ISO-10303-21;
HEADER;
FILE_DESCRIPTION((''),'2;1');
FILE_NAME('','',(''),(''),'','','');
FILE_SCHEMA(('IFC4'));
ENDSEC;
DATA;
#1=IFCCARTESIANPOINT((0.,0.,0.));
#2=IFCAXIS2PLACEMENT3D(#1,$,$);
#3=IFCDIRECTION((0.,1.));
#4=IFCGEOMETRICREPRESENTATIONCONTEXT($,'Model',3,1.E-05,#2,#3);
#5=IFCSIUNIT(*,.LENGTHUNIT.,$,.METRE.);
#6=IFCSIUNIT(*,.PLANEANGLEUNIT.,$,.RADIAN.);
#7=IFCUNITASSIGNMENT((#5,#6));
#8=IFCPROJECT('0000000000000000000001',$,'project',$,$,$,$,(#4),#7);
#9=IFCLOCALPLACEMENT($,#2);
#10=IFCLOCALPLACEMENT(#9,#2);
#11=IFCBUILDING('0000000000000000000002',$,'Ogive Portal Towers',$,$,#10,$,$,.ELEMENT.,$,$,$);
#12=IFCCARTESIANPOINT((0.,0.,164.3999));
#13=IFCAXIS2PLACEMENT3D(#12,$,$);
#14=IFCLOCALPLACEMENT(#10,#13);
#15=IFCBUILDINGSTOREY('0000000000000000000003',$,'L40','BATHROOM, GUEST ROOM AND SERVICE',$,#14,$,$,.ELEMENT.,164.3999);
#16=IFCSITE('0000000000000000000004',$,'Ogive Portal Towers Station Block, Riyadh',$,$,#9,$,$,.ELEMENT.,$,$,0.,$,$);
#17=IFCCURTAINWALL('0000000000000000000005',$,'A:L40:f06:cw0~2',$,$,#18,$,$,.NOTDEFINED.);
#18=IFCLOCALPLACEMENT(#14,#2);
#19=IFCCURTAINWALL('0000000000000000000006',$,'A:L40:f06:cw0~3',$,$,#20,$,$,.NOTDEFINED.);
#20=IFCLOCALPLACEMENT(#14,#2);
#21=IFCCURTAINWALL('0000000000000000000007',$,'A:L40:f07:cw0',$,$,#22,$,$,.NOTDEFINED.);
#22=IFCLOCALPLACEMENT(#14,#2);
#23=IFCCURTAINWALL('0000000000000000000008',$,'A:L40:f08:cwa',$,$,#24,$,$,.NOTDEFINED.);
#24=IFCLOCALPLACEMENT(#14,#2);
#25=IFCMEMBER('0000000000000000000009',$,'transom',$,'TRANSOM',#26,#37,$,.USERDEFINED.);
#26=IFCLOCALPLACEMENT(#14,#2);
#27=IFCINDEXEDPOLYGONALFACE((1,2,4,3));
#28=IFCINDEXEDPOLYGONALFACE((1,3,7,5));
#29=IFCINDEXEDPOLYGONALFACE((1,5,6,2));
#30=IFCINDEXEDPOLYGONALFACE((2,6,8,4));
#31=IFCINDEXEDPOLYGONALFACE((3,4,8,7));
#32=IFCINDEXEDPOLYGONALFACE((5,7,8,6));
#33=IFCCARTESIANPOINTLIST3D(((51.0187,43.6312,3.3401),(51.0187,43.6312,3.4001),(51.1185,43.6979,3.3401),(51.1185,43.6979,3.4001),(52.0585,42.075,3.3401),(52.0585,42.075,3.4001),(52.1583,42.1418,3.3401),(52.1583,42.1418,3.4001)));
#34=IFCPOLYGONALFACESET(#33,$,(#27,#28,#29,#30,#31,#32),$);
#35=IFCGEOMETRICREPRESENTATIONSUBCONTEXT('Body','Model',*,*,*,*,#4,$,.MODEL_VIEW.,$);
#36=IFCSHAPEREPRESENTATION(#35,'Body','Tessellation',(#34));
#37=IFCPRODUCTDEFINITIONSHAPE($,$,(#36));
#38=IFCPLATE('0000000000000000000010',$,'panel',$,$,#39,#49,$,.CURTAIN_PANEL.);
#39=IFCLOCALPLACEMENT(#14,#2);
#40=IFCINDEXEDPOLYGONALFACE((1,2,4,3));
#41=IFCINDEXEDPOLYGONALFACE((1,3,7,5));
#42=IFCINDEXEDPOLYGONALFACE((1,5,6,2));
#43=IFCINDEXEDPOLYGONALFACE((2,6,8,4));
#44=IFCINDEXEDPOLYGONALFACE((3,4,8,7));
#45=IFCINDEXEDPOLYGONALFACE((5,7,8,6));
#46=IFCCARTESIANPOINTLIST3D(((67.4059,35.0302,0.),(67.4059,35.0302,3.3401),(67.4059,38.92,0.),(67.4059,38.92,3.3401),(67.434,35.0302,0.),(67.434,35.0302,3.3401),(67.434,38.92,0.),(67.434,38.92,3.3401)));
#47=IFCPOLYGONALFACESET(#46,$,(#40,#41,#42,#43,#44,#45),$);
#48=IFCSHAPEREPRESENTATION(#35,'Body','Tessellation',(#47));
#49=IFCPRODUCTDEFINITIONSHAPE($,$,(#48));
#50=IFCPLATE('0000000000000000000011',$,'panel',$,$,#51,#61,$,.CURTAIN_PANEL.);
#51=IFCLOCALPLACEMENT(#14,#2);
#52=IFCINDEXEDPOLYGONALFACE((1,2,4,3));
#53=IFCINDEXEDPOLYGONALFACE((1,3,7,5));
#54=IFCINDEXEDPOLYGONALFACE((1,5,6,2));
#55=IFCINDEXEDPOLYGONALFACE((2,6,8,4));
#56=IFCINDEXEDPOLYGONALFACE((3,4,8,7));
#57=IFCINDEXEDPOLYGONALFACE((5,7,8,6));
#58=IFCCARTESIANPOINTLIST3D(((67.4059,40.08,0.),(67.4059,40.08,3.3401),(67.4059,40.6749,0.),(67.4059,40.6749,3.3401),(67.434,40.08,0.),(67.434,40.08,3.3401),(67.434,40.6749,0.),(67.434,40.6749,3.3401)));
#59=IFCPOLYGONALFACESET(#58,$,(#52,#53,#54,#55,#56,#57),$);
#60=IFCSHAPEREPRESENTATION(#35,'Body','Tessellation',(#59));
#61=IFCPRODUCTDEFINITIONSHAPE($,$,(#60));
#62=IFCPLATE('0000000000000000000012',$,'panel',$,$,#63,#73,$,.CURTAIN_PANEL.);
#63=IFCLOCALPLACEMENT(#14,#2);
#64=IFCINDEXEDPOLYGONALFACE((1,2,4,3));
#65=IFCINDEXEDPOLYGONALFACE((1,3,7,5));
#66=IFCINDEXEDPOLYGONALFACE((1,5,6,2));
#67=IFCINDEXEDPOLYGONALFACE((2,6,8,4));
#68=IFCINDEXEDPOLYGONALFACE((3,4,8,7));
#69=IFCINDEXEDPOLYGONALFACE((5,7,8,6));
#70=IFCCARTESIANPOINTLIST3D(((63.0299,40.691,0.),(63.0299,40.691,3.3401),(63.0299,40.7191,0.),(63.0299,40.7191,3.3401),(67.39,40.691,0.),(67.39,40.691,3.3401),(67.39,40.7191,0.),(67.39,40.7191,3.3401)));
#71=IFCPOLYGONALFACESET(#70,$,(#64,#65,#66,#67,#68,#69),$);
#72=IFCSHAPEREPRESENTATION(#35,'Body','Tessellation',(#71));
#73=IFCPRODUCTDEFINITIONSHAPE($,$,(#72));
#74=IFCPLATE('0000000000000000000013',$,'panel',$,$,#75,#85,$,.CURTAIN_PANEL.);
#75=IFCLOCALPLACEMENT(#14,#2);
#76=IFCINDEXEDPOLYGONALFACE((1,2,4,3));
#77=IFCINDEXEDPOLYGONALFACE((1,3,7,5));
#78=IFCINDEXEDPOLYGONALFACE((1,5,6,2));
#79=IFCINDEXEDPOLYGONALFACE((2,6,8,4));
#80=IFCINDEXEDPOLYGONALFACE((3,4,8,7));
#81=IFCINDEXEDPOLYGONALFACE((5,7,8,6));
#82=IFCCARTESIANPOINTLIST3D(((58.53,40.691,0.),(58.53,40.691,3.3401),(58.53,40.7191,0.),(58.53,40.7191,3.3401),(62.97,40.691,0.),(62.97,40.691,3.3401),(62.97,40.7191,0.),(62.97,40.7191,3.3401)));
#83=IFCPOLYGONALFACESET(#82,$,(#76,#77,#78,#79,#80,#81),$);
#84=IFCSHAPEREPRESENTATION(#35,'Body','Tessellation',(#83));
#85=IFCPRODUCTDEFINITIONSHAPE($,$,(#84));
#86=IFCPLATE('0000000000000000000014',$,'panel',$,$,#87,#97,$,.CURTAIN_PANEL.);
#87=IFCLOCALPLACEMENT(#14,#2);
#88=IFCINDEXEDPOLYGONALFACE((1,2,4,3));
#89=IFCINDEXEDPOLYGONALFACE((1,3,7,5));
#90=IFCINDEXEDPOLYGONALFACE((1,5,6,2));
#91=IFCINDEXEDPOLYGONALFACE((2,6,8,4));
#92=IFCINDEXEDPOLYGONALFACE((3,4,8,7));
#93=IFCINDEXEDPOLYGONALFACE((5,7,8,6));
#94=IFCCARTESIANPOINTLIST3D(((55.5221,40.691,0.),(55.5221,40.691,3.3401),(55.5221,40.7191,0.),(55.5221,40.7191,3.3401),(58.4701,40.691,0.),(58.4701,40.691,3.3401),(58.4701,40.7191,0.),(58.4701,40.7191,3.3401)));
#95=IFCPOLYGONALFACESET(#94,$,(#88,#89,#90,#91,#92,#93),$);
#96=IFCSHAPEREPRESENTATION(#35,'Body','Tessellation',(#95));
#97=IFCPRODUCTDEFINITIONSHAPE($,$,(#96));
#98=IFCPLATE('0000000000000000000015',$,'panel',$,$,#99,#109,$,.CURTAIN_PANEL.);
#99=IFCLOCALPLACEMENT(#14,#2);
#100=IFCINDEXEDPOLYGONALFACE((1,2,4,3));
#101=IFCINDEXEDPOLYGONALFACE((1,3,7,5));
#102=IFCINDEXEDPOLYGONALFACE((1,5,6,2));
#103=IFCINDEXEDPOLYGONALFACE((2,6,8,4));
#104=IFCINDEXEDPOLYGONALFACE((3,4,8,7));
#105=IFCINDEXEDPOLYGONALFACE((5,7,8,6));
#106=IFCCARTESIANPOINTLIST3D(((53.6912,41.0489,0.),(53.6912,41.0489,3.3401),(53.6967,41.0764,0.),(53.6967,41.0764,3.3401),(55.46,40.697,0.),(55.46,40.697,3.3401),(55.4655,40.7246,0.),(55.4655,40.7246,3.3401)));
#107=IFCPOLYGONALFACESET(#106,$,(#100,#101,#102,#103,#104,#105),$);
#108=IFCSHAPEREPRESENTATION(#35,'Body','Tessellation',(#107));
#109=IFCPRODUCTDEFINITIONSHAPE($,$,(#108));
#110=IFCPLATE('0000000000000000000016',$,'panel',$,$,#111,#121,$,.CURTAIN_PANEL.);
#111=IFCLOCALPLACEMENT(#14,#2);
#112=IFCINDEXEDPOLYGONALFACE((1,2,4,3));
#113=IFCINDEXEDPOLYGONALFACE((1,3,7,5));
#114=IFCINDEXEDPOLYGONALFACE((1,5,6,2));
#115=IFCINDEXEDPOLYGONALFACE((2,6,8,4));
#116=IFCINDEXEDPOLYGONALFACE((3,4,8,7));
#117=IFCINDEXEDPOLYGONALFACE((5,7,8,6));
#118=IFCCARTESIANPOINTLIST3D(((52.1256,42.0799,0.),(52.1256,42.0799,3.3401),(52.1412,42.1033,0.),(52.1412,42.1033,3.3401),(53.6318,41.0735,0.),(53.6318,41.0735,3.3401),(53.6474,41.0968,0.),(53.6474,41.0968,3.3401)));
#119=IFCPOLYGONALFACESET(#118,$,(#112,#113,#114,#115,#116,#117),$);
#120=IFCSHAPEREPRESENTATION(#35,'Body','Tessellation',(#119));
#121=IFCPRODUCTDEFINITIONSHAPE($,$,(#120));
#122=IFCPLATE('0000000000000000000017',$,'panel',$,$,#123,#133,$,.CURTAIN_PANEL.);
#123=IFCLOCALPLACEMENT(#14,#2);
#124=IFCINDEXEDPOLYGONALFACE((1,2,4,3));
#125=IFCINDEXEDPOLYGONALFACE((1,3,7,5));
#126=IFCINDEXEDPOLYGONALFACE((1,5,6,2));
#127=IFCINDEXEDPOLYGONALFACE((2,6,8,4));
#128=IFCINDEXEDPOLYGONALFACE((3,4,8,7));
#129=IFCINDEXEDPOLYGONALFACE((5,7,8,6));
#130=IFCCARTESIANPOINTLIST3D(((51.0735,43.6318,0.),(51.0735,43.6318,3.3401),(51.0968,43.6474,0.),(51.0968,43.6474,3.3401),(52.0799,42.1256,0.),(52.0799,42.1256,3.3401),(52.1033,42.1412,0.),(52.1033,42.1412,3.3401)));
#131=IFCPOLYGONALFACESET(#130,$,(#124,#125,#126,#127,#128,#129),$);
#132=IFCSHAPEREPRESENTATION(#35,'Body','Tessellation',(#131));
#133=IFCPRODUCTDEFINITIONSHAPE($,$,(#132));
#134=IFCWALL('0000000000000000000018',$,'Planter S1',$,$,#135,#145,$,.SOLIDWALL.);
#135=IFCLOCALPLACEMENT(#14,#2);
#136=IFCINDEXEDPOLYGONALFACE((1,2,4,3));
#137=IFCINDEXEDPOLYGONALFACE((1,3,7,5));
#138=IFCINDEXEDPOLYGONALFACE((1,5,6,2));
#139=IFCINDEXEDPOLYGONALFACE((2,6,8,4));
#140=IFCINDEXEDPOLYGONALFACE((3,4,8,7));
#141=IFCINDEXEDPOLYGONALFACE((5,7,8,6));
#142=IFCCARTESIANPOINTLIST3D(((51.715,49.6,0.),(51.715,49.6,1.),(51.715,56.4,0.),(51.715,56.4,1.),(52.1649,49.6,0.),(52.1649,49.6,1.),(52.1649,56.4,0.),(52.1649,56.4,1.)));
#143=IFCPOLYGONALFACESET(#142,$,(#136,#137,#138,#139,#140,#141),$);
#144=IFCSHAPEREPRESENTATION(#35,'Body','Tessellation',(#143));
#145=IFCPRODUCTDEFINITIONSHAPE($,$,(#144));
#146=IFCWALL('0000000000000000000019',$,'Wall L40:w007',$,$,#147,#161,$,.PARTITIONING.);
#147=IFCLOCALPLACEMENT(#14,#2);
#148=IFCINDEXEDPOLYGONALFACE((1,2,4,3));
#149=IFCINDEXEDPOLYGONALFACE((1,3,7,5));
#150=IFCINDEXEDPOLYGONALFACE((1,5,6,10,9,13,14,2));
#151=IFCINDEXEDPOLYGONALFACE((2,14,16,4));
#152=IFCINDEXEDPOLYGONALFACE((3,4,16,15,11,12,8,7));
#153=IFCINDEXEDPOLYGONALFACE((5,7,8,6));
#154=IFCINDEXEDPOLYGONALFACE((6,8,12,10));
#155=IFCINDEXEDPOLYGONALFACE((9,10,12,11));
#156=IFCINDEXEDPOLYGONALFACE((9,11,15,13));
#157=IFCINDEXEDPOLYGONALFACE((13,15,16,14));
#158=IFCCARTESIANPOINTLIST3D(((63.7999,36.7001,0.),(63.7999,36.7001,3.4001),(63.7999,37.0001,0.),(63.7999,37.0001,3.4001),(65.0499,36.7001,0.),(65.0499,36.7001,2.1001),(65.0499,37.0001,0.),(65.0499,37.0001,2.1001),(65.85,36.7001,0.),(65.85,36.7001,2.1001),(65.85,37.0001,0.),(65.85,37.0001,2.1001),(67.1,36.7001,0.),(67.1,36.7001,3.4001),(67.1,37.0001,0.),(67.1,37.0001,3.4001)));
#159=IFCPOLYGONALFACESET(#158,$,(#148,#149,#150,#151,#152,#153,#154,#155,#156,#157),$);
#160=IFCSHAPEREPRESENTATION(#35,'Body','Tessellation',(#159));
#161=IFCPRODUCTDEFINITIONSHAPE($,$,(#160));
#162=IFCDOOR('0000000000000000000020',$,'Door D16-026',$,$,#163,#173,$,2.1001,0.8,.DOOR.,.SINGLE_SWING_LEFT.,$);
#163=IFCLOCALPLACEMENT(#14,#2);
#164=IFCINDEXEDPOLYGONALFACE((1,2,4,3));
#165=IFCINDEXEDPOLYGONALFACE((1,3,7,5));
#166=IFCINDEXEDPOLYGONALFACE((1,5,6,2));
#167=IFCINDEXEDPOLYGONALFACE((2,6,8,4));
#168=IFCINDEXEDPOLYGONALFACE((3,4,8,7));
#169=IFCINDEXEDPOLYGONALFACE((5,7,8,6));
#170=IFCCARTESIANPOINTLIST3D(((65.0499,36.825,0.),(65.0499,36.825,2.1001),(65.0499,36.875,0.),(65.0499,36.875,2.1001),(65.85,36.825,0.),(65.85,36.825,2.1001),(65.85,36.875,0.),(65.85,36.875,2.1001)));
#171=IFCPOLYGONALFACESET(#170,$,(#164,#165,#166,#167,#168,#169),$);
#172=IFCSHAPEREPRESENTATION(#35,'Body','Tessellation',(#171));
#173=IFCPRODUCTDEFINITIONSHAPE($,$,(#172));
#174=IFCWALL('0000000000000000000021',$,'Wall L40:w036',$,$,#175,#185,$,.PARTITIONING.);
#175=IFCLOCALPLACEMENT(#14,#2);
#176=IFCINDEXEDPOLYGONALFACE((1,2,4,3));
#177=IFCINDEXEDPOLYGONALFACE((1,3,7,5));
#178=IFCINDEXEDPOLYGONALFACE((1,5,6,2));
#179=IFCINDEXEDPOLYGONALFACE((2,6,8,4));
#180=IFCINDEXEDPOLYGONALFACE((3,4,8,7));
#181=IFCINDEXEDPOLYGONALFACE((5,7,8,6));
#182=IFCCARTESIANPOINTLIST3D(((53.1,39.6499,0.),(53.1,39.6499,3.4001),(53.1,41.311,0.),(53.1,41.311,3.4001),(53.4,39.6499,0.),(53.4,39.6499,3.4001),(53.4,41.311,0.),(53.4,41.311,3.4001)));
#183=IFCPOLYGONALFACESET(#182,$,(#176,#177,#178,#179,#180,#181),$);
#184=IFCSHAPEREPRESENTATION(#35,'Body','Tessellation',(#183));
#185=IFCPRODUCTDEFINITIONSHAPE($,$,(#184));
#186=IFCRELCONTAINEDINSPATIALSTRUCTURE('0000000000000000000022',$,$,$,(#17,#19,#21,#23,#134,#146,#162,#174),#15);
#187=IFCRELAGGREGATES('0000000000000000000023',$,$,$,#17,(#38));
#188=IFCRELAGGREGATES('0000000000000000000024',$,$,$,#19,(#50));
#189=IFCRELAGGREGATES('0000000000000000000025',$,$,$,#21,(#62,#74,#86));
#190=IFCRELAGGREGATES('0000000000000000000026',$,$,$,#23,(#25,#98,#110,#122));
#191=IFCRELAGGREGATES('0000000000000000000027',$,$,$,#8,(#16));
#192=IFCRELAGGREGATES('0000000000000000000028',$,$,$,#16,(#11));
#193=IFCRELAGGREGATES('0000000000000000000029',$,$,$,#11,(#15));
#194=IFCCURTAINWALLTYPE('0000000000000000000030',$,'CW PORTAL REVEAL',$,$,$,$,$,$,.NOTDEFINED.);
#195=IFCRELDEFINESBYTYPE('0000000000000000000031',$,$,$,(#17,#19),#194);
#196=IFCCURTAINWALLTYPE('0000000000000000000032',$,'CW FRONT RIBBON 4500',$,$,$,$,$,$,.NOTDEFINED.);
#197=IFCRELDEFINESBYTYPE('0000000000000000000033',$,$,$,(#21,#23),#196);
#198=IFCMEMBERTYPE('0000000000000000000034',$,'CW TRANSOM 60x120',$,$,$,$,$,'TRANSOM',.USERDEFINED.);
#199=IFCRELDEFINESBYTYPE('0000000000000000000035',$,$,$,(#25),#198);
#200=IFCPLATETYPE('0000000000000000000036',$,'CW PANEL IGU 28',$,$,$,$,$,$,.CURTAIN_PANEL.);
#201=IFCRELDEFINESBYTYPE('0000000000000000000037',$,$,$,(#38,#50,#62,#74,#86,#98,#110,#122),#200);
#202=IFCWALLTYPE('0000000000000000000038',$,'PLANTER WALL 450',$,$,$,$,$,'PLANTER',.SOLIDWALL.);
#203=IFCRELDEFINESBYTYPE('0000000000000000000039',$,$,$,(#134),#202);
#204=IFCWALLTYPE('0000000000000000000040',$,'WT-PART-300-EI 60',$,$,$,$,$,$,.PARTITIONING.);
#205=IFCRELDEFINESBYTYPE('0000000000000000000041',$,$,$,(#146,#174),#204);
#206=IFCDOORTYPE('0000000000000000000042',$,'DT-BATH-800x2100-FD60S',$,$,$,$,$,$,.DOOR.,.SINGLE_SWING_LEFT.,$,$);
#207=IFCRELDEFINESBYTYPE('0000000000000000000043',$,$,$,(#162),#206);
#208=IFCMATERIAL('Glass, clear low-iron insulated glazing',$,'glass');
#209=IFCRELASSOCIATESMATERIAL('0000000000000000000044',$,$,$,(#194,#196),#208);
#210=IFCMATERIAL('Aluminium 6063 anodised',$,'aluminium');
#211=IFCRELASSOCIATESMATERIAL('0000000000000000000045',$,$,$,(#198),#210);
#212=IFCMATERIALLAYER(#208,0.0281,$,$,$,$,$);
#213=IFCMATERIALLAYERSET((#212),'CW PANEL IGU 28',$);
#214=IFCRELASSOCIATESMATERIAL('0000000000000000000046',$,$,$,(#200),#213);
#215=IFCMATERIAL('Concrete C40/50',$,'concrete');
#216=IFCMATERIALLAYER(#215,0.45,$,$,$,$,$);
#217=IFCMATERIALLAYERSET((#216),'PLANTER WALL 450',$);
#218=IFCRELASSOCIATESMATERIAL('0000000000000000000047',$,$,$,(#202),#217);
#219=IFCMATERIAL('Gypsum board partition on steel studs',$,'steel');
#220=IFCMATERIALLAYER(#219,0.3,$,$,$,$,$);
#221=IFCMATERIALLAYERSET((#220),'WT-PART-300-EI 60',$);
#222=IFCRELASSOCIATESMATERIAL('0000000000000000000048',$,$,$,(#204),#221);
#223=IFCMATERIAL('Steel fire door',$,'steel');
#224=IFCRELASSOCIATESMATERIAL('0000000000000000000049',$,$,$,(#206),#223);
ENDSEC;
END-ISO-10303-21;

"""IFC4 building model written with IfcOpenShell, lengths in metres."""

from ifc_helpers import new_model, si_unit, direction, frame, frame_2d, origin, origin_2d, place, context, subcontext, project, spatial, rectangle, extrude, material, layer, layer_set, material_profile, profile_set, type_object, element, fill, aggregate, save


model = new_model("IFC4")

# Units and contexts
model_context = context("Model", 3, precision=1e-05, world=origin(), true_north=direction((0.0, 1.0)))
body_context = subcontext(model_context, "Body", "Model", "MODEL_VIEW")
ifc_project = project(units=[si_unit("LENGTHUNIT", "METRE"), si_unit("PLANEANGLEUNIT", "RADIAN")], contexts=[model_context])

# Site, building, storey
site_placement = place(None, origin())
site = spatial("IfcSite", under=ifc_project, at=site_placement, Name="Ogive Portal Towers Station Block, Riyadh", CompositionType="ELEMENT", RefElevation=0.0)
building_placement = place(site_placement, origin())
building = spatial("IfcBuilding", under=site, at=building_placement, Name="Ogive Portal Towers", CompositionType="ELEMENT")
storey_placement = place(building_placement, frame((0.0, 0.0, 164.3999)))
storey = spatial("IfcBuildingStorey", under=building, at=storey_placement, Name="L40", Description="BATHROOM, GUEST ROOM AND SERVICE", CompositionType="ELEMENT", Elevation=164.3999)

# Curtain walls
ifc_material_1 = material(Name="Glass, clear low-iron insulated glazing", Category="glass")
curtain_wall_type_1 = type_object("IfcCurtainWallType", Name="CW PORTAL REVEAL", PredefinedType="NOTDEFINED", material=ifc_material_1)
curtain_wall_1_placement = place(storey_placement, origin())
curtain_wall_1 = element("IfcCurtainWall", 1, at=curtain_wall_1_placement, inside=storey, type_object=curtain_wall_type_1, Name="A:L40:f06:cw0~2", PredefinedType="NOTDEFINED")
ifc_material_2 = material(Name="Aluminium 6063 anodised", Category="aluminium")
curtain_wall_2_placement = place(storey_placement, origin())
curtain_wall_2 = element("IfcCurtainWall", 2, at=curtain_wall_2_placement, inside=storey, type_object=curtain_wall_type_1, Name="A:L40:f06:cw0~3", PredefinedType="NOTDEFINED")
curtain_wall_type_2 = type_object("IfcCurtainWallType", Name="CW FRONT RIBBON 4500", PredefinedType="NOTDEFINED", material=ifc_material_1)
curtain_wall_3_placement = place(storey_placement, origin())
curtain_wall_3 = element("IfcCurtainWall", 3, at=curtain_wall_3_placement, inside=storey, type_object=curtain_wall_type_2, Name="A:L40:f07:cw0", PredefinedType="NOTDEFINED")
curtain_wall_4_placement = place(storey_placement, origin())
curtain_wall_4 = element("IfcCurtainWall", 4, at=curtain_wall_4_placement, inside=storey, type_object=curtain_wall_type_2, Name="A:L40:f08:cwa", PredefinedType="NOTDEFINED")

# Member
ifc_material_profile_1 = material_profile(ifc_material_2, rectangle(XDim=0.1201, YDim=0.0601, at=origin_2d()), Name="AL 120x60")
ifc_profile_set_1 = profile_set([ifc_material_profile_1], Name="Aluminium 6063 anodised")
member_type_1 = type_object("IfcMemberType", Name="CW TRANSOM 60x120", ElementType="TRANSOM", PredefinedType="USERDEFINED", material=ifc_profile_set_1)
member_1_placement = place(storey_placement, frame((52.1084, 42.1084, 3.3701), z_axis=(-0.555573, 0.831468, 0.0), x_axis=(-0.831468, -0.555573, 0.0)))
member_1 = element("IfcMember", 5, at=member_1_placement, type_object=member_type_1, Name="transom", ObjectType="TRANSOM", PredefinedType="USERDEFINED", context=body_context, shape_type="SweptSolid", body=[
    extrude(rectangle(XDim=0.1201, YDim=0.0601, at=origin_2d()), origin(), (0.0, 0.0, 1.0), 1.8716),
])

# Plates
ifc_layer_1 = layer(ifc_material_1, 0.0281)
ifc_layer_set_1 = layer_set([ifc_layer_1], Name="CW PANEL IGU 28")
plate_type = type_object("IfcPlateType", Name="CW PANEL IGU 28", PredefinedType="CURTAIN_PANEL", material=ifc_layer_set_1)
plate_1_placement = place(storey_placement, frame((67.4199, 36.9751, 0.0), z_axis=(0.0, 0.0, 1.0), x_axis=(0.0, 1.0, 0.0)))
plate_1 = element("IfcPlate", 6, at=plate_1_placement, type_object=plate_type, Name="panel", PredefinedType="CURTAIN_PANEL", context=body_context, shape_type="SweptSolid", body=[
    extrude(rectangle(XDim=3.8899, YDim=0.0281, at=origin_2d()), origin(), (0.0, 0.0, 1.0), 3.3401),
])
aggregate(curtain_wall_1, [plate_1])
plate_2_placement = place(storey_placement, frame((67.4199, 40.3774, 0.0), z_axis=(0.0, 0.0, 1.0), x_axis=(0.0, 1.0, 0.0)))
plate_2 = element("IfcPlate", 7, at=plate_2_placement, type_object=plate_type, Name="panel", PredefinedType="CURTAIN_PANEL", context=body_context, shape_type="SweptSolid", body=[
    extrude(rectangle(XDim=0.595, YDim=0.0281, at=origin_2d()), origin(), (0.0, 0.0, 1.0), 3.3401),
])
aggregate(curtain_wall_2, [plate_2])
plate_3_placement = place(storey_placement, frame((65.21, 40.7051, 0.0), z_axis=(0.0, 0.0, 1.0), x_axis=(-1.0, 0.0, 0.0)))
plate_3 = element("IfcPlate", 8, at=plate_3_placement, type_object=plate_type, Name="panel", PredefinedType="CURTAIN_PANEL", context=body_context, shape_type="SweptSolid", body=[
    extrude(rectangle(XDim=4.3601, YDim=0.0281, at=origin_2d()), origin(), (0.0, 0.0, 1.0), 3.3401),
])
plate_4_placement = place(storey_placement, frame((60.75, 40.7051, 0.0), z_axis=(0.0, 0.0, 1.0), x_axis=(-1.0, 0.0, 0.0)))
plate_4 = element("IfcPlate", 9, at=plate_4_placement, type_object=plate_type, Name="panel", PredefinedType="CURTAIN_PANEL", context=body_context, shape_type="SweptSolid", body=[
    extrude(rectangle(XDim=4.4399, YDim=0.0281, at=origin_2d()), origin(), (0.0, 0.0, 1.0), 3.3401),
])
plate_5_placement = place(storey_placement, frame((56.9961, 40.7051, 0.0), z_axis=(0.0, 0.0, 1.0), x_axis=(-1.0, 0.0, 0.0)))
plate_5 = element("IfcPlate", 10, at=plate_5_placement, type_object=plate_type, Name="panel", PredefinedType="CURTAIN_PANEL", context=body_context, shape_type="SweptSolid", body=[
    extrude(rectangle(XDim=2.948, YDim=0.0281, at=origin_2d()), origin(), (0.0, 0.0, 1.0), 3.3401),
])
aggregate(curtain_wall_3, [plate_3, plate_4, plate_5])
plate_6_placement = place(storey_placement, frame((54.5784, 40.8867, 0.0), z_axis=(0.0, 0.0, 1.0), x_axis=(-0.980785, 0.19509, 0.0)))
plate_6 = element("IfcPlate", 11, at=plate_6_placement, type_object=plate_type, Name="panel", PredefinedType="CURTAIN_PANEL", context=body_context, shape_type="SweptSolid", body=[
    extrude(rectangle(XDim=1.8035, YDim=0.0281, at=origin_2d()), origin(), (0.0, 0.0, 1.0), 3.3401),
])
plate_7_placement = place(storey_placement, frame((52.8865, 41.5884, 0.0), z_axis=(0.0, 0.0, 1.0), x_axis=(-0.83147, 0.55557, 0.0)))
plate_7 = element("IfcPlate", 12, at=plate_7_placement, type_object=plate_type, Name="panel", PredefinedType="CURTAIN_PANEL", context=body_context, shape_type="SweptSolid", body=[
    extrude(rectangle(XDim=1.8115, YDim=0.0281, at=origin_2d()), origin(), (0.0, 0.0, 1.0), 3.3401),
])
plate_8_placement = place(storey_placement, frame((51.5884, 42.8865, 0.0), z_axis=(0.0, 0.0, 1.0), x_axis=(-0.55557, 0.83147, 0.0)))
plate_8 = element("IfcPlate", 13, at=plate_8_placement, type_object=plate_type, Name="panel", PredefinedType="CURTAIN_PANEL", context=body_context, shape_type="SweptSolid", body=[
    extrude(rectangle(XDim=1.8115, YDim=0.0281, at=origin_2d()), origin(), (0.0, 0.0, 1.0), 3.3401),
])
aggregate(curtain_wall_4, [member_1, plate_6, plate_7, plate_8])

# Wall
ifc_material_3 = material(Name="Concrete C40/50", Category="concrete")
ifc_layer_2 = layer(ifc_material_3, 0.45)
ifc_layer_set_2 = layer_set([ifc_layer_2], Name="PLANTER WALL 450")
wall_type_1 = type_object("IfcWallType", Name="PLANTER WALL 450", ElementType="PLANTER", PredefinedType="SOLIDWALL", material=ifc_layer_set_2)
wall_1_placement = place(storey_placement, frame((51.9399, 53.0, 0.0), z_axis=(0.0, 0.0, 1.0), x_axis=(1.0, 0.0, 0.0)))
element("IfcWall", 14, at=wall_1_placement, inside=storey, type_object=wall_type_1, Name="Planter S1", PredefinedType="SOLIDWALL", context=body_context, shape_type="SweptSolid", body=[
    extrude(rectangle(XDim=0.45, YDim=6.8, at=origin_2d()), origin(), (0.0, 0.0, 1.0), 1.0),
])

# Wall, opening, door
ifc_material_4 = material(Name="Gypsum board partition on steel studs", Category="steel")
ifc_layer_3 = layer(ifc_material_4, 0.3)
ifc_layer_set_3 = layer_set([ifc_layer_3], Name="WT-PART-300-EI 60")
wall_type_2 = type_object("IfcWallType", Name="WT-PART-300-EI 60", PredefinedType="PARTITIONING", material=ifc_layer_set_3)
wall_2_placement = place(storey_placement, frame((63.8, 36.8501, 0.0), z_axis=(0.0, 0.0, 1.0), x_axis=(1.0, 0.0, 0.0)))
wall_2 = element("IfcWall", 15, at=wall_2_placement, inside=storey, type_object=wall_type_2, Name="Wall L40:w007", PredefinedType="PARTITIONING", context=body_context, shape_type="SweptSolid", body=[
    extrude(rectangle(XDim=3.3, YDim=0.3, at=frame_2d((1.6499, 0.0))), origin(), (0.0, 0.0, 1.0), 3.4001),
])
opening_placement = place(wall_2_placement, frame((1.25, 0.0, 0.0)))
opening = element("IfcOpeningElement", 16, at=opening_placement, cuts=wall_2, PredefinedType="OPENING", context=body_context, shape_type="SweptSolid", body=[
    extrude(rectangle(XDim=0.8, YDim=2.1001, at=frame_2d((0.3999, 1.05))), frame((0.0, 0.1602, 0.0), z_axis=(0.0, -1.0, 0.0), x_axis=(1.0, 0.0, 0.0)), (0.0, 0.0, 1.0), 0.3201),
])
ifc_material_5 = material(Name="Steel fire door", Category="steel")
door_type = type_object("IfcDoorType", Name="DT-BATH-800x2100-FD60S", OperationType="SINGLE_SWING_LEFT", PredefinedType="DOOR", material=ifc_material_5)
door_placement = place(opening_placement, origin())
door = element("IfcDoor", 17, at=door_placement, inside=storey, type_object=door_type, Name="Door D16-026", OperationType="SINGLE_SWING_LEFT", OverallHeight=2.1001, OverallWidth=0.8, PredefinedType="DOOR", context=body_context, shape_type="SweptSolid", body=[
    extrude(rectangle(XDim=0.8, YDim=2.1001, at=frame_2d((0.3999, 1.05))), frame((0.0, 0.0249, 0.0), z_axis=(0.0, -1.0, 0.0), x_axis=(1.0, 0.0, 0.0)), (0.0, 0.0, 1.0), 0.05),
])
fill(opening, door)

# Wall
wall_3_placement = place(storey_placement, frame((53.25, 39.6499, 0.0), z_axis=(0.0, 0.0, 1.0), x_axis=(0.0, 1.0, 0.0)))
element("IfcWall", 18, at=wall_3_placement, inside=storey, type_object=wall_type_2, Name="Wall L40:w036", PredefinedType="PARTITIONING", context=body_context, shape_type="SweptSolid", body=[
    extrude(rectangle(XDim=1.6611, YDim=0.3, at=frame_2d((0.8306, 0.0))), origin(), (0.0, 0.0, 1.0), 3.4001),
])

save(model, "model.ifc")
